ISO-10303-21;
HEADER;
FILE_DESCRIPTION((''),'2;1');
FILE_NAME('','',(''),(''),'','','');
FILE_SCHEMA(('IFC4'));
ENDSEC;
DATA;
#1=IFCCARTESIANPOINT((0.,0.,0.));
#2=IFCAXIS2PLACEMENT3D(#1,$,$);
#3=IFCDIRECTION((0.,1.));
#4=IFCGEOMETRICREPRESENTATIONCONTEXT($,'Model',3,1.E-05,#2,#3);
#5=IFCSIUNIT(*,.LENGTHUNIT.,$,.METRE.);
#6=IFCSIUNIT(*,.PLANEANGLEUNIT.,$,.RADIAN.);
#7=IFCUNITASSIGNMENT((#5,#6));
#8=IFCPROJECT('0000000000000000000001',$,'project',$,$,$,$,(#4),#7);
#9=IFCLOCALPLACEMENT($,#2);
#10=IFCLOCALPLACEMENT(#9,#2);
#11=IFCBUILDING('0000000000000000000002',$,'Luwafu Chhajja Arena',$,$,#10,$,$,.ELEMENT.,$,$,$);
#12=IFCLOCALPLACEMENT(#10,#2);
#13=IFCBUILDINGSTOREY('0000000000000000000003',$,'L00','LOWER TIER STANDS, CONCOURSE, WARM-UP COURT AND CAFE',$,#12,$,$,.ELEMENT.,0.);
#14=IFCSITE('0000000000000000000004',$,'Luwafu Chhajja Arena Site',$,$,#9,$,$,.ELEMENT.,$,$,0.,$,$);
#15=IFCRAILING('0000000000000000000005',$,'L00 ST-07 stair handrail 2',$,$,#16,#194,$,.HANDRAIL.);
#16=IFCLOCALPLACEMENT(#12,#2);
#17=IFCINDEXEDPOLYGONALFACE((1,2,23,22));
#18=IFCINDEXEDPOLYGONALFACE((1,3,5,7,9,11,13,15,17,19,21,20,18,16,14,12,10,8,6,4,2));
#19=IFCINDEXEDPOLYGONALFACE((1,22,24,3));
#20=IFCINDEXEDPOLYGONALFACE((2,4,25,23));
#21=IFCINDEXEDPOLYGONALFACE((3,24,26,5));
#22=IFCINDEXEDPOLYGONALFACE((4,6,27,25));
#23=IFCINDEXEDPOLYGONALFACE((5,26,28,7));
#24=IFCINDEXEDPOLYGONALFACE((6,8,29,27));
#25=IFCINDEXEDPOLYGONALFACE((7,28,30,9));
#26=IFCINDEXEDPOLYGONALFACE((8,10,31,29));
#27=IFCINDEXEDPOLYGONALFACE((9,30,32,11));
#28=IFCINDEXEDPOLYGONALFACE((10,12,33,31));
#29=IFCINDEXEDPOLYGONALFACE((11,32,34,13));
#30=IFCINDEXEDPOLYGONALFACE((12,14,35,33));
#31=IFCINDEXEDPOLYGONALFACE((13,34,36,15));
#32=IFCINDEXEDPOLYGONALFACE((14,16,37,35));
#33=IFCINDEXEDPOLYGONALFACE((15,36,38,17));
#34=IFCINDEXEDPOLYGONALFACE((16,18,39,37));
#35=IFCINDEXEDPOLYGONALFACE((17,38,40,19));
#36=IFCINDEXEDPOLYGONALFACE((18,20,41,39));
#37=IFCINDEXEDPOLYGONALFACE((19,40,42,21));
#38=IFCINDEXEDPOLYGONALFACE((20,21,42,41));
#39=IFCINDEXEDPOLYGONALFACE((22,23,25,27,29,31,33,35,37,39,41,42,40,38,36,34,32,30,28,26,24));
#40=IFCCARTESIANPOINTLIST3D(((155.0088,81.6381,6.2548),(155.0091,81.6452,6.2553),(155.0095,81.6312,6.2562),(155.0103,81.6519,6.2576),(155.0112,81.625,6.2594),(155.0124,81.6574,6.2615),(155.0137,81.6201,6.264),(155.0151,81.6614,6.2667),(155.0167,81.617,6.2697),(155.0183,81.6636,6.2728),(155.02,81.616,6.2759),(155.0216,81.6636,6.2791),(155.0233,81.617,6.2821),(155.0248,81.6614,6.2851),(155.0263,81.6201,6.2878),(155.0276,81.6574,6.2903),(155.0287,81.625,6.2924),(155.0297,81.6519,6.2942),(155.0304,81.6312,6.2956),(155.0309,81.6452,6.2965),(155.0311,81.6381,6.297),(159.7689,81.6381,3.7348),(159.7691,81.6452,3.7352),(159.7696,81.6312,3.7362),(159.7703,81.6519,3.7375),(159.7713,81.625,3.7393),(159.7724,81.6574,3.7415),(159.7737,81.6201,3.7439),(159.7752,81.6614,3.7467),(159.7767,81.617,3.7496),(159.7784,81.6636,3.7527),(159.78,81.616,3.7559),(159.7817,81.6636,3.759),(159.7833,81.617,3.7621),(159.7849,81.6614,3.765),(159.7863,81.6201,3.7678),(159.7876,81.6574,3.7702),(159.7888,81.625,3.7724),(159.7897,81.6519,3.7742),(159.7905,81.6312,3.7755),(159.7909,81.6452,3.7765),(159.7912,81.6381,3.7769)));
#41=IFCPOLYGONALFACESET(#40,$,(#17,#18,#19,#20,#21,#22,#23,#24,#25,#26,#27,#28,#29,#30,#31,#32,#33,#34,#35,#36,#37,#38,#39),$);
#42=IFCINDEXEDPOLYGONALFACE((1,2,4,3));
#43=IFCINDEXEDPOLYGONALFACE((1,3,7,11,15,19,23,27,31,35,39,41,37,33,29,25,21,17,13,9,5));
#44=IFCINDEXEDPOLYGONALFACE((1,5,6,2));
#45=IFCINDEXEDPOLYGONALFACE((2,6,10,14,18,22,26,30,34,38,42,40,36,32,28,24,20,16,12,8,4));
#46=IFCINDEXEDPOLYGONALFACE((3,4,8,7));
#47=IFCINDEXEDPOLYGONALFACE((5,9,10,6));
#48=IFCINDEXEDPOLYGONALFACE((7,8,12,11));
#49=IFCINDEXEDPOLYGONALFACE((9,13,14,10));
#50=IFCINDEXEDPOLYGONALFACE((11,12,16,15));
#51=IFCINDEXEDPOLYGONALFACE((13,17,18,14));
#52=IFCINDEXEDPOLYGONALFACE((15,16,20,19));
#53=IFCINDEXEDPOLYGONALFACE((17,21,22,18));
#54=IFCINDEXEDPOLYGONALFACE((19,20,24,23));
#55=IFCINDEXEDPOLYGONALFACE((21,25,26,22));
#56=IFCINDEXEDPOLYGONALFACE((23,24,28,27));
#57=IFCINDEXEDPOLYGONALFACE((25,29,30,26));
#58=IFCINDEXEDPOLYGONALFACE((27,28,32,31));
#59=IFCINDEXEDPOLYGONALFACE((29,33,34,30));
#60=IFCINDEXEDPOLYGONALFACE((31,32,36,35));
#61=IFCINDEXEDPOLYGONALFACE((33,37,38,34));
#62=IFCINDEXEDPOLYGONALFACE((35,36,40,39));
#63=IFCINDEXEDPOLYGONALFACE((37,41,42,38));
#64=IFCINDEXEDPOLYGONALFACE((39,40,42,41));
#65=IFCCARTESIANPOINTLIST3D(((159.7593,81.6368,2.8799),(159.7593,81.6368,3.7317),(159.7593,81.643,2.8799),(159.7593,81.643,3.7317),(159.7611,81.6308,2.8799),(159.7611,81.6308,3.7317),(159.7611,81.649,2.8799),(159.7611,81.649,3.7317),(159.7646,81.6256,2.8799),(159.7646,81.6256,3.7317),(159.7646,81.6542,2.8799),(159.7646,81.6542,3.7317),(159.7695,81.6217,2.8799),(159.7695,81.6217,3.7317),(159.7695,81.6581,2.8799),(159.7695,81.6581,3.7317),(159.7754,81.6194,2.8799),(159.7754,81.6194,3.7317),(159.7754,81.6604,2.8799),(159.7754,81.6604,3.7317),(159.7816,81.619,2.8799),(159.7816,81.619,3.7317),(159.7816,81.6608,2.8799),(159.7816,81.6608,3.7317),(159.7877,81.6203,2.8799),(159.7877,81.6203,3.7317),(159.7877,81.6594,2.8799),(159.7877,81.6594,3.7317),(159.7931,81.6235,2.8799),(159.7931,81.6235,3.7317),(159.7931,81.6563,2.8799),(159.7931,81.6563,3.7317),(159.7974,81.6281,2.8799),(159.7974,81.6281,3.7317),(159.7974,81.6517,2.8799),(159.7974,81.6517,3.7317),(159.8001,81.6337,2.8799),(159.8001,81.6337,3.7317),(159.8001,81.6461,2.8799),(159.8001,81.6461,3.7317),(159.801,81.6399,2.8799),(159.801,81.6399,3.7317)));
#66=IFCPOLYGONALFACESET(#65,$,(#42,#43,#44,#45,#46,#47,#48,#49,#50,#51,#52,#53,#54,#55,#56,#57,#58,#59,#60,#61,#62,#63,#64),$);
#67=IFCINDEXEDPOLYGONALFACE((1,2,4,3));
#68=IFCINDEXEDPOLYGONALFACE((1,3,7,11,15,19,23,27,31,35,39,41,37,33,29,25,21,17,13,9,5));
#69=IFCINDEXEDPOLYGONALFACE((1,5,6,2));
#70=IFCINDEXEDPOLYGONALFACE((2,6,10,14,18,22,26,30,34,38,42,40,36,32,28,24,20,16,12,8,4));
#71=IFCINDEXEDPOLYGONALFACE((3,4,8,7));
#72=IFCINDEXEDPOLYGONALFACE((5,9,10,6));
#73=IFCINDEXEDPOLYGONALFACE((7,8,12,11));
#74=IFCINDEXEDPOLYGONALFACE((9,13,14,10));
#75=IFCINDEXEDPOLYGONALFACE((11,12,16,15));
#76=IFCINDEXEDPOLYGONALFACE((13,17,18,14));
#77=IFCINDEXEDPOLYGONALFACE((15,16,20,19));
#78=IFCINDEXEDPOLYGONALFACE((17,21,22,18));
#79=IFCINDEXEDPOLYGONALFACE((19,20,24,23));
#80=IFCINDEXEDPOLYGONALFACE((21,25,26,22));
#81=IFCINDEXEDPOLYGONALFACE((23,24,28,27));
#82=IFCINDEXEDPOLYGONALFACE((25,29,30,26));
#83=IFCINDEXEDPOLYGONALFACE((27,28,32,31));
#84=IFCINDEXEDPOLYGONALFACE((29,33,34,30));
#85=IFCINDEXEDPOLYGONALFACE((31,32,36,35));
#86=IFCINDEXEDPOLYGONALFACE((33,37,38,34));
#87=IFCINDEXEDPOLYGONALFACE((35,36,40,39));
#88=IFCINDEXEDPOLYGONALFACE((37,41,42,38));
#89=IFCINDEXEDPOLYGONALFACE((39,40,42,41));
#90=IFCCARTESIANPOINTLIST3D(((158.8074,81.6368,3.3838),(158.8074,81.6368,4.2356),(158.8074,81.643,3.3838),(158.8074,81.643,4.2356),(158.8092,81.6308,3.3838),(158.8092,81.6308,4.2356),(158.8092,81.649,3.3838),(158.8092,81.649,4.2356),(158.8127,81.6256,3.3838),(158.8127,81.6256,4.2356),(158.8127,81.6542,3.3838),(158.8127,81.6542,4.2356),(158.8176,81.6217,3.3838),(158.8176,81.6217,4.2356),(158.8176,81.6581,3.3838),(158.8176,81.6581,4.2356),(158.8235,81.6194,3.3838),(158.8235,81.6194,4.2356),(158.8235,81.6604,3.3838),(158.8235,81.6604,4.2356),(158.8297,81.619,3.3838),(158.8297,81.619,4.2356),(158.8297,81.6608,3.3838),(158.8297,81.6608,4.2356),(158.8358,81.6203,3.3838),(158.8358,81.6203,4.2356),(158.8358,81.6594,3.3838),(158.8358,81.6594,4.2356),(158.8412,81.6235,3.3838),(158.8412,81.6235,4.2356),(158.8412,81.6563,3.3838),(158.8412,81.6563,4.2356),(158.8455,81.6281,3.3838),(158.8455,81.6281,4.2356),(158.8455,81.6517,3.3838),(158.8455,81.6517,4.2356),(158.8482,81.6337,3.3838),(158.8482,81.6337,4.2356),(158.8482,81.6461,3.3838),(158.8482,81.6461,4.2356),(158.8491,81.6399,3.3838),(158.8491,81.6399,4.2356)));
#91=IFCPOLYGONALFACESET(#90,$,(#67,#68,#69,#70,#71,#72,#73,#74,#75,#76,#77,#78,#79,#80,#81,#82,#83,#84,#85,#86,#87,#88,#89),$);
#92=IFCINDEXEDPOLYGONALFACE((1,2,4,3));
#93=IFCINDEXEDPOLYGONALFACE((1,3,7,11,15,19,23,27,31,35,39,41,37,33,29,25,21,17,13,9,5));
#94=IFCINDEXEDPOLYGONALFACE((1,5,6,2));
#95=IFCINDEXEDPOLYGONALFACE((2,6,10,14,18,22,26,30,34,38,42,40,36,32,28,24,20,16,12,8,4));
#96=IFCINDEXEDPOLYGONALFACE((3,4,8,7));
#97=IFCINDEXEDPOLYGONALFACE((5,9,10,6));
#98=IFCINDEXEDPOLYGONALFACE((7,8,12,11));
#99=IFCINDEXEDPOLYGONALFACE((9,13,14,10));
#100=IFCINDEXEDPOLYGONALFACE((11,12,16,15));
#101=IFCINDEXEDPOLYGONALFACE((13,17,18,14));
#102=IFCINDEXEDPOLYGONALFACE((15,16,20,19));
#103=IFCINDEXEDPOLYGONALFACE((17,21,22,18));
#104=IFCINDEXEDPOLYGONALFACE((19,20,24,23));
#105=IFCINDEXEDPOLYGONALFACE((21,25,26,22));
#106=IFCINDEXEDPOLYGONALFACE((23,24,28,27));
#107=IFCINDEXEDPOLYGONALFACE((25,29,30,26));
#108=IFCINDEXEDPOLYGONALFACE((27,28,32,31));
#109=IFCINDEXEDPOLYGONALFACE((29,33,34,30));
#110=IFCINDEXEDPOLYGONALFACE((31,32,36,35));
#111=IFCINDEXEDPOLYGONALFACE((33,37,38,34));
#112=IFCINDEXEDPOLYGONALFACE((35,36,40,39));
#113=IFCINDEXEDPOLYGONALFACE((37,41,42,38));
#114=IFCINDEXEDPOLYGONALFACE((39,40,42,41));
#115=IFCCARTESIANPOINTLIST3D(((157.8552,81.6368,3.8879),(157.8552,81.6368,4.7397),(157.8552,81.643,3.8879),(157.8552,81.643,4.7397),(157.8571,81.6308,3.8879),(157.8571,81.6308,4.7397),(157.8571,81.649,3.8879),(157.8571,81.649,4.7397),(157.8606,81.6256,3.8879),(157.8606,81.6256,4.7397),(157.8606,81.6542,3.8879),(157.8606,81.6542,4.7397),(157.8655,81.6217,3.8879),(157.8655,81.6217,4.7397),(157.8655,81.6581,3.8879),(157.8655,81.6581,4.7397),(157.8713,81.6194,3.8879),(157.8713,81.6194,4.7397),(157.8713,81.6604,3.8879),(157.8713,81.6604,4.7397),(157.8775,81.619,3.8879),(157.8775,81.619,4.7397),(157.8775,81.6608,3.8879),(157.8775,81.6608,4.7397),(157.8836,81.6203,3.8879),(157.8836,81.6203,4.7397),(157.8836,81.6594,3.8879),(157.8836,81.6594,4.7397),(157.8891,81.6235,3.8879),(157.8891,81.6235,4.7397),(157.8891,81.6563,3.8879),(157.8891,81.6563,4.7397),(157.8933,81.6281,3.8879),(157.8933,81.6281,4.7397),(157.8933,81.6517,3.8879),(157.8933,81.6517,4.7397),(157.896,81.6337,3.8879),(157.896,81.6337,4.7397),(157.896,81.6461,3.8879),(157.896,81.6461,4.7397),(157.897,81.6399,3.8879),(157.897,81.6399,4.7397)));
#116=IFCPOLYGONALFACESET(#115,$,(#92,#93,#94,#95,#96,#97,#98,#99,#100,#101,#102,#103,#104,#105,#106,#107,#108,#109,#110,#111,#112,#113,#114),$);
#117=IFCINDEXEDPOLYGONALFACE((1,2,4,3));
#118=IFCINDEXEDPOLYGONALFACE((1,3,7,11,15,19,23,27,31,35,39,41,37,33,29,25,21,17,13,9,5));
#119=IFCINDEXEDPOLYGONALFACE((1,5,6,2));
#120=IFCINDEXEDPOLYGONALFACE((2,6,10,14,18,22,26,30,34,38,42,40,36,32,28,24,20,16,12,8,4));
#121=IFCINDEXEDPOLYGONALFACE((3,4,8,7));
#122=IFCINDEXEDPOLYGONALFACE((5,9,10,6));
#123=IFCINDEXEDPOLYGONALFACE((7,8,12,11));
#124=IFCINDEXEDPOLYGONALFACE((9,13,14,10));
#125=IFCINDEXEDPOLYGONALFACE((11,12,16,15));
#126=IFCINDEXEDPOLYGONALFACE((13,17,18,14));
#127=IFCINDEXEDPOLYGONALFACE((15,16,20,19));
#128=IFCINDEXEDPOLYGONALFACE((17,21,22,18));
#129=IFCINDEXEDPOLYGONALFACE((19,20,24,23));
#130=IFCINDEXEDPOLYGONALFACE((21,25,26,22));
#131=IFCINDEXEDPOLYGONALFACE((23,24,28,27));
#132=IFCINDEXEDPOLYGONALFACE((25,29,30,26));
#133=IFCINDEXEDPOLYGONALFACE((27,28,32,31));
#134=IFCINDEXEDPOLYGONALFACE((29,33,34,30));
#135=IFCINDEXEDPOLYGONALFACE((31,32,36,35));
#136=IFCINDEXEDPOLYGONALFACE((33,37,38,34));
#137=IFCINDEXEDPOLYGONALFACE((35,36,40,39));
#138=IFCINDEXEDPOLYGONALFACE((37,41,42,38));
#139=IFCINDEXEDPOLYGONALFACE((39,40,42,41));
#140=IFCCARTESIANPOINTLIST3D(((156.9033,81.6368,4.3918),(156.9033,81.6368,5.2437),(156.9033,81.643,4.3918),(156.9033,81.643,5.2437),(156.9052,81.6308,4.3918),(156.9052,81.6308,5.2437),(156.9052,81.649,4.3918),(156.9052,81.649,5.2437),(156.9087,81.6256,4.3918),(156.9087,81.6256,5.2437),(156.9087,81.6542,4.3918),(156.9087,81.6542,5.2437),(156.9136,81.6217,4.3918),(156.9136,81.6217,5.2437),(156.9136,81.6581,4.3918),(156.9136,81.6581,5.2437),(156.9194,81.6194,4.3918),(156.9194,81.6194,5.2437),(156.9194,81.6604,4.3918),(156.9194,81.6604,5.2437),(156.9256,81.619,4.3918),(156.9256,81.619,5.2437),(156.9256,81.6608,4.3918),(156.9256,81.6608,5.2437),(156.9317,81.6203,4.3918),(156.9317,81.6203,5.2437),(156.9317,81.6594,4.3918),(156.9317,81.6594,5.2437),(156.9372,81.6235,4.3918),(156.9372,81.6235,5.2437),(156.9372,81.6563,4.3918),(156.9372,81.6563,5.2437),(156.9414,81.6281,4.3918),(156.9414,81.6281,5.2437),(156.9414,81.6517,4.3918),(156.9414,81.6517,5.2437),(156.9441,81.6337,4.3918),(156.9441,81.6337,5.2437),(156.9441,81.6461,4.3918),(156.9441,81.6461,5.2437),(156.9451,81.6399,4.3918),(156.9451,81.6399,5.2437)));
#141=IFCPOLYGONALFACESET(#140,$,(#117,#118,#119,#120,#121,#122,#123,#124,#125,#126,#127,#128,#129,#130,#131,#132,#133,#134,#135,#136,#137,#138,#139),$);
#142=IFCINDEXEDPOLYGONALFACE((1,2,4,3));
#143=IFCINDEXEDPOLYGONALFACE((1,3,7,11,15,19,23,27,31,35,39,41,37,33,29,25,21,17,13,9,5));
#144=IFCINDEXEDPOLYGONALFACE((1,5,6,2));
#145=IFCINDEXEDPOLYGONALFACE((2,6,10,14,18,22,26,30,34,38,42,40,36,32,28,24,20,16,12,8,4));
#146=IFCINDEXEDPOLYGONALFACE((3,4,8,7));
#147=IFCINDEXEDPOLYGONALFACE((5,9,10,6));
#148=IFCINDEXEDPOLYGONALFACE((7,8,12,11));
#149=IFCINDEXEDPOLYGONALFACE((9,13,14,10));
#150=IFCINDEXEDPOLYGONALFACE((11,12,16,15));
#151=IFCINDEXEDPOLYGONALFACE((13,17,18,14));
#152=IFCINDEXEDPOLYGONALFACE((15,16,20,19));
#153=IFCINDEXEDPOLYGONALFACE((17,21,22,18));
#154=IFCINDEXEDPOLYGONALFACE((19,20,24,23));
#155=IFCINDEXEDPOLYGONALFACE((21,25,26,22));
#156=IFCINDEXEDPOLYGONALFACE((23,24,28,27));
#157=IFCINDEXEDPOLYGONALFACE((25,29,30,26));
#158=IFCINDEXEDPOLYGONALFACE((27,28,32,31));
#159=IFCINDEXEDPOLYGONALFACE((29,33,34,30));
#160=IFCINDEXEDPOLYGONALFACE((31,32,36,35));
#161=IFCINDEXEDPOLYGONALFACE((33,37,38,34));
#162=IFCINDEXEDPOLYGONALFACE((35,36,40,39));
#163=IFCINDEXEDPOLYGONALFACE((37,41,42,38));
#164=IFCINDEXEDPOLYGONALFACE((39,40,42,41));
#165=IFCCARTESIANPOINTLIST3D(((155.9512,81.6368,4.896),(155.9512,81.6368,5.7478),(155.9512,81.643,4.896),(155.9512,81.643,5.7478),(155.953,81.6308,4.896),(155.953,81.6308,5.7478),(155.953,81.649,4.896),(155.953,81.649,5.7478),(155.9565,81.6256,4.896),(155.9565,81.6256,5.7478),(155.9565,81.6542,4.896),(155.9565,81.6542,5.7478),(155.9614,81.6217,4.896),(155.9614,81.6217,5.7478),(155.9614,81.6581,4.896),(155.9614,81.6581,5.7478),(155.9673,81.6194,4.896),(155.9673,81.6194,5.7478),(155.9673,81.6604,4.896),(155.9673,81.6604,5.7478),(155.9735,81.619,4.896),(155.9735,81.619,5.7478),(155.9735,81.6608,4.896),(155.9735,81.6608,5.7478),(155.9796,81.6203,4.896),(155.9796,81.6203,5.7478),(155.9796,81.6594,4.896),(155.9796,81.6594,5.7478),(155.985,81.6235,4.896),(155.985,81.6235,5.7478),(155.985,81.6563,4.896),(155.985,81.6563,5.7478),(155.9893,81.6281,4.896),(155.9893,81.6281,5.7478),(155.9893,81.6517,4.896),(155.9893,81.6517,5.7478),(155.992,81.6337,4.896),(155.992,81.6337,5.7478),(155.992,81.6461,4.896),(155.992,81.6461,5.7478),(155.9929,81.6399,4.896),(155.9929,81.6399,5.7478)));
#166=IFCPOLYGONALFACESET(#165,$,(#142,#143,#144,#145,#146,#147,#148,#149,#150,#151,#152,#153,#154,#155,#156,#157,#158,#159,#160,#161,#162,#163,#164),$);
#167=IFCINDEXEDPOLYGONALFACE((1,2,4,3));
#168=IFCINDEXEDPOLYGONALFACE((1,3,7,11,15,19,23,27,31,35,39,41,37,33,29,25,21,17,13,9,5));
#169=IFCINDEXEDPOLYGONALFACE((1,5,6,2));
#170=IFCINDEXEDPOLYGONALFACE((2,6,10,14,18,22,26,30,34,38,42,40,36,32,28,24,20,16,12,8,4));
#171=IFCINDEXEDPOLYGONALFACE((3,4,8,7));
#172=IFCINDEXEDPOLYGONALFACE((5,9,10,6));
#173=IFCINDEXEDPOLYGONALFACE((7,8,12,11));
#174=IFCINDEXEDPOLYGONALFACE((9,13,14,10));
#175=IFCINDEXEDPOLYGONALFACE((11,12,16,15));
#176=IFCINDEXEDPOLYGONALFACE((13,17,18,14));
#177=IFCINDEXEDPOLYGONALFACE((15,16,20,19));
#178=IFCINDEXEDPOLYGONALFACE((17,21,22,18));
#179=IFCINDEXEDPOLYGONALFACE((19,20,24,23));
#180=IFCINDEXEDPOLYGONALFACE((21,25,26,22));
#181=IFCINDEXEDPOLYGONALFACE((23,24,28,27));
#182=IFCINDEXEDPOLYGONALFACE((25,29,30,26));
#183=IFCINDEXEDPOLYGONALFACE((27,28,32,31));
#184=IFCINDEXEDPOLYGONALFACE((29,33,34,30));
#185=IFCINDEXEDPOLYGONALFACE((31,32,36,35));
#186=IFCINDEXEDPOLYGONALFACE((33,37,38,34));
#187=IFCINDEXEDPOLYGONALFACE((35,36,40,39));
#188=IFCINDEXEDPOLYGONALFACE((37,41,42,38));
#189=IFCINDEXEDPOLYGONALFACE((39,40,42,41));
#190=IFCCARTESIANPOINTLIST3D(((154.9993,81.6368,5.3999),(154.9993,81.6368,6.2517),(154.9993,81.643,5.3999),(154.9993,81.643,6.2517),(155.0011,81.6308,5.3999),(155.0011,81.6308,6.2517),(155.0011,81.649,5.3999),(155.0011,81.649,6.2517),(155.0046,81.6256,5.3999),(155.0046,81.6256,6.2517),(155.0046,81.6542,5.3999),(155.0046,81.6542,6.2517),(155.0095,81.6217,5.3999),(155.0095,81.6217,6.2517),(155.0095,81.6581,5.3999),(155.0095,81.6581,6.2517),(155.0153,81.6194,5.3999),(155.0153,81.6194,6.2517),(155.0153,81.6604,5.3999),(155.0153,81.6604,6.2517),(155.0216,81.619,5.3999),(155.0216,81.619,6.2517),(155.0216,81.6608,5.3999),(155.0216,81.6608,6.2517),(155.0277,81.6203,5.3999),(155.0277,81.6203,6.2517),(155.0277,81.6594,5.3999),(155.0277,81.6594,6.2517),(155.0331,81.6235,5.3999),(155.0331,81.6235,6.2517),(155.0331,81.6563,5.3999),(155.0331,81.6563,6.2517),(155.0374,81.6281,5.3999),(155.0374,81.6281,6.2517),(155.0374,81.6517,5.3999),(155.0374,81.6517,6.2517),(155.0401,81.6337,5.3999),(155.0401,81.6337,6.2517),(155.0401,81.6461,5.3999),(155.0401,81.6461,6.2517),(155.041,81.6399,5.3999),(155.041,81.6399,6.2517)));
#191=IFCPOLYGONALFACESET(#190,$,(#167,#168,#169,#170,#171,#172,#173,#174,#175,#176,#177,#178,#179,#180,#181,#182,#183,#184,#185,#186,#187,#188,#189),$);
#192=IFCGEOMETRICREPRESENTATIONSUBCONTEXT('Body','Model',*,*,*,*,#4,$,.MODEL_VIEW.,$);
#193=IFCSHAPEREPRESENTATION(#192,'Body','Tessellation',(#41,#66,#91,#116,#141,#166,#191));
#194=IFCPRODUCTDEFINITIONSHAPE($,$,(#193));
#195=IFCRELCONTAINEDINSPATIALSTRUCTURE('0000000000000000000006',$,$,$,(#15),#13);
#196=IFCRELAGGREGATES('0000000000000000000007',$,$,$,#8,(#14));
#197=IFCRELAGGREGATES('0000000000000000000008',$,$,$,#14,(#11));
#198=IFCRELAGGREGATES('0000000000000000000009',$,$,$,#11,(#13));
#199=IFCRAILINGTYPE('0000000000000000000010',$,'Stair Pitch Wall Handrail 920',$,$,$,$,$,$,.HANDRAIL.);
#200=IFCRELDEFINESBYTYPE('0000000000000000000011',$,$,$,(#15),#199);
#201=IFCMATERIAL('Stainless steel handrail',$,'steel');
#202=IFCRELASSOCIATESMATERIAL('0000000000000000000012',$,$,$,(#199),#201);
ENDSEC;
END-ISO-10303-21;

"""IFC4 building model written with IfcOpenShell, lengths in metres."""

from ifc_helpers import new_model, si_unit, direction, frame, origin, origin_2d, place, context, subcontext, project, spatial, circle, extrude, material, type_object, element, save


model = new_model("IFC4")

# Units and contexts
model_context = context("Model", 3, precision=1e-05, world=origin(), true_north=direction((0.0, 1.0)))
body_context = subcontext(model_context, "Body", "Model", "MODEL_VIEW")
ifc_project = project(units=[si_unit("LENGTHUNIT", "METRE"), si_unit("PLANEANGLEUNIT", "RADIAN")], contexts=[model_context])

# Site, building, storey
site_placement = place(None, origin())
site = spatial("IfcSite", under=ifc_project, at=site_placement, Name="Luwafu Chhajja Arena Site", CompositionType="ELEMENT", RefElevation=0.0)
building_placement = place(site_placement, origin())
building = spatial("IfcBuilding", under=site, at=building_placement, Name="Luwafu Chhajja Arena", CompositionType="ELEMENT")
storey_placement = place(building_placement, origin())
storey = spatial("IfcBuildingStorey", under=building, at=storey_placement, Name="L00", Description="LOWER TIER STANDS, CONCOURSE, WARM-UP COURT AND CAFE", CompositionType="ELEMENT", Elevation=0.0)

# Railing
ifc_material_1 = material(Name="Stainless steel handrail", Category="steel")
railing_type_1 = type_object("IfcRailingType", Name="Stair Pitch Wall Handrail 920", PredefinedType="HANDRAIL", material=ifc_material_1)
railing_1_placement = place(storey_placement, frame((159.78, 81.6399, 2.8799)))
element("IfcRailing", 1, at=railing_1_placement, inside=storey, type_object=railing_type_1, Name="L00 ST-07 stair handrail 2", PredefinedType="HANDRAIL", context=body_context, shape_type="SweptSolid", body=[
    extrude(circle(Radius=0.0239, at=origin_2d()), frame((0.0, 0.0, 0.876), z_axis=(-0.883787, 0.0, 0.46789), x_axis=(0.0, -1.0, 0.0)), (0.0, 0.0, 1.0), 5.386),
    extrude(circle(Radius=0.021, at=origin_2d()), origin(), (0.0, 0.0, 1.0), 0.8518),
    extrude(circle(Radius=0.021, at=origin_2d()), frame((-0.9519, 0.0, 0.5039)), (0.0, 0.0, 1.0), 0.8518),
    extrude(circle(Radius=0.021, at=origin_2d()), frame((-1.9041, 0.0, 1.0081)), (0.0, 0.0, 1.0), 0.8518),
    extrude(circle(Radius=0.021, at=origin_2d()), frame((-2.856, 0.0, 1.512)), (0.0, 0.0, 1.0), 0.8518),
    extrude(circle(Radius=0.021, at=origin_2d()), frame((-3.8081, 0.0, 2.0161)), (0.0, 0.0, 1.0), 0.8518),
    extrude(circle(Radius=0.021, at=origin_2d()), frame((-4.76, 0.0, 2.52)), (0.0, 0.0, 1.0), 0.8518),
])

save(model, "model.ifc")
